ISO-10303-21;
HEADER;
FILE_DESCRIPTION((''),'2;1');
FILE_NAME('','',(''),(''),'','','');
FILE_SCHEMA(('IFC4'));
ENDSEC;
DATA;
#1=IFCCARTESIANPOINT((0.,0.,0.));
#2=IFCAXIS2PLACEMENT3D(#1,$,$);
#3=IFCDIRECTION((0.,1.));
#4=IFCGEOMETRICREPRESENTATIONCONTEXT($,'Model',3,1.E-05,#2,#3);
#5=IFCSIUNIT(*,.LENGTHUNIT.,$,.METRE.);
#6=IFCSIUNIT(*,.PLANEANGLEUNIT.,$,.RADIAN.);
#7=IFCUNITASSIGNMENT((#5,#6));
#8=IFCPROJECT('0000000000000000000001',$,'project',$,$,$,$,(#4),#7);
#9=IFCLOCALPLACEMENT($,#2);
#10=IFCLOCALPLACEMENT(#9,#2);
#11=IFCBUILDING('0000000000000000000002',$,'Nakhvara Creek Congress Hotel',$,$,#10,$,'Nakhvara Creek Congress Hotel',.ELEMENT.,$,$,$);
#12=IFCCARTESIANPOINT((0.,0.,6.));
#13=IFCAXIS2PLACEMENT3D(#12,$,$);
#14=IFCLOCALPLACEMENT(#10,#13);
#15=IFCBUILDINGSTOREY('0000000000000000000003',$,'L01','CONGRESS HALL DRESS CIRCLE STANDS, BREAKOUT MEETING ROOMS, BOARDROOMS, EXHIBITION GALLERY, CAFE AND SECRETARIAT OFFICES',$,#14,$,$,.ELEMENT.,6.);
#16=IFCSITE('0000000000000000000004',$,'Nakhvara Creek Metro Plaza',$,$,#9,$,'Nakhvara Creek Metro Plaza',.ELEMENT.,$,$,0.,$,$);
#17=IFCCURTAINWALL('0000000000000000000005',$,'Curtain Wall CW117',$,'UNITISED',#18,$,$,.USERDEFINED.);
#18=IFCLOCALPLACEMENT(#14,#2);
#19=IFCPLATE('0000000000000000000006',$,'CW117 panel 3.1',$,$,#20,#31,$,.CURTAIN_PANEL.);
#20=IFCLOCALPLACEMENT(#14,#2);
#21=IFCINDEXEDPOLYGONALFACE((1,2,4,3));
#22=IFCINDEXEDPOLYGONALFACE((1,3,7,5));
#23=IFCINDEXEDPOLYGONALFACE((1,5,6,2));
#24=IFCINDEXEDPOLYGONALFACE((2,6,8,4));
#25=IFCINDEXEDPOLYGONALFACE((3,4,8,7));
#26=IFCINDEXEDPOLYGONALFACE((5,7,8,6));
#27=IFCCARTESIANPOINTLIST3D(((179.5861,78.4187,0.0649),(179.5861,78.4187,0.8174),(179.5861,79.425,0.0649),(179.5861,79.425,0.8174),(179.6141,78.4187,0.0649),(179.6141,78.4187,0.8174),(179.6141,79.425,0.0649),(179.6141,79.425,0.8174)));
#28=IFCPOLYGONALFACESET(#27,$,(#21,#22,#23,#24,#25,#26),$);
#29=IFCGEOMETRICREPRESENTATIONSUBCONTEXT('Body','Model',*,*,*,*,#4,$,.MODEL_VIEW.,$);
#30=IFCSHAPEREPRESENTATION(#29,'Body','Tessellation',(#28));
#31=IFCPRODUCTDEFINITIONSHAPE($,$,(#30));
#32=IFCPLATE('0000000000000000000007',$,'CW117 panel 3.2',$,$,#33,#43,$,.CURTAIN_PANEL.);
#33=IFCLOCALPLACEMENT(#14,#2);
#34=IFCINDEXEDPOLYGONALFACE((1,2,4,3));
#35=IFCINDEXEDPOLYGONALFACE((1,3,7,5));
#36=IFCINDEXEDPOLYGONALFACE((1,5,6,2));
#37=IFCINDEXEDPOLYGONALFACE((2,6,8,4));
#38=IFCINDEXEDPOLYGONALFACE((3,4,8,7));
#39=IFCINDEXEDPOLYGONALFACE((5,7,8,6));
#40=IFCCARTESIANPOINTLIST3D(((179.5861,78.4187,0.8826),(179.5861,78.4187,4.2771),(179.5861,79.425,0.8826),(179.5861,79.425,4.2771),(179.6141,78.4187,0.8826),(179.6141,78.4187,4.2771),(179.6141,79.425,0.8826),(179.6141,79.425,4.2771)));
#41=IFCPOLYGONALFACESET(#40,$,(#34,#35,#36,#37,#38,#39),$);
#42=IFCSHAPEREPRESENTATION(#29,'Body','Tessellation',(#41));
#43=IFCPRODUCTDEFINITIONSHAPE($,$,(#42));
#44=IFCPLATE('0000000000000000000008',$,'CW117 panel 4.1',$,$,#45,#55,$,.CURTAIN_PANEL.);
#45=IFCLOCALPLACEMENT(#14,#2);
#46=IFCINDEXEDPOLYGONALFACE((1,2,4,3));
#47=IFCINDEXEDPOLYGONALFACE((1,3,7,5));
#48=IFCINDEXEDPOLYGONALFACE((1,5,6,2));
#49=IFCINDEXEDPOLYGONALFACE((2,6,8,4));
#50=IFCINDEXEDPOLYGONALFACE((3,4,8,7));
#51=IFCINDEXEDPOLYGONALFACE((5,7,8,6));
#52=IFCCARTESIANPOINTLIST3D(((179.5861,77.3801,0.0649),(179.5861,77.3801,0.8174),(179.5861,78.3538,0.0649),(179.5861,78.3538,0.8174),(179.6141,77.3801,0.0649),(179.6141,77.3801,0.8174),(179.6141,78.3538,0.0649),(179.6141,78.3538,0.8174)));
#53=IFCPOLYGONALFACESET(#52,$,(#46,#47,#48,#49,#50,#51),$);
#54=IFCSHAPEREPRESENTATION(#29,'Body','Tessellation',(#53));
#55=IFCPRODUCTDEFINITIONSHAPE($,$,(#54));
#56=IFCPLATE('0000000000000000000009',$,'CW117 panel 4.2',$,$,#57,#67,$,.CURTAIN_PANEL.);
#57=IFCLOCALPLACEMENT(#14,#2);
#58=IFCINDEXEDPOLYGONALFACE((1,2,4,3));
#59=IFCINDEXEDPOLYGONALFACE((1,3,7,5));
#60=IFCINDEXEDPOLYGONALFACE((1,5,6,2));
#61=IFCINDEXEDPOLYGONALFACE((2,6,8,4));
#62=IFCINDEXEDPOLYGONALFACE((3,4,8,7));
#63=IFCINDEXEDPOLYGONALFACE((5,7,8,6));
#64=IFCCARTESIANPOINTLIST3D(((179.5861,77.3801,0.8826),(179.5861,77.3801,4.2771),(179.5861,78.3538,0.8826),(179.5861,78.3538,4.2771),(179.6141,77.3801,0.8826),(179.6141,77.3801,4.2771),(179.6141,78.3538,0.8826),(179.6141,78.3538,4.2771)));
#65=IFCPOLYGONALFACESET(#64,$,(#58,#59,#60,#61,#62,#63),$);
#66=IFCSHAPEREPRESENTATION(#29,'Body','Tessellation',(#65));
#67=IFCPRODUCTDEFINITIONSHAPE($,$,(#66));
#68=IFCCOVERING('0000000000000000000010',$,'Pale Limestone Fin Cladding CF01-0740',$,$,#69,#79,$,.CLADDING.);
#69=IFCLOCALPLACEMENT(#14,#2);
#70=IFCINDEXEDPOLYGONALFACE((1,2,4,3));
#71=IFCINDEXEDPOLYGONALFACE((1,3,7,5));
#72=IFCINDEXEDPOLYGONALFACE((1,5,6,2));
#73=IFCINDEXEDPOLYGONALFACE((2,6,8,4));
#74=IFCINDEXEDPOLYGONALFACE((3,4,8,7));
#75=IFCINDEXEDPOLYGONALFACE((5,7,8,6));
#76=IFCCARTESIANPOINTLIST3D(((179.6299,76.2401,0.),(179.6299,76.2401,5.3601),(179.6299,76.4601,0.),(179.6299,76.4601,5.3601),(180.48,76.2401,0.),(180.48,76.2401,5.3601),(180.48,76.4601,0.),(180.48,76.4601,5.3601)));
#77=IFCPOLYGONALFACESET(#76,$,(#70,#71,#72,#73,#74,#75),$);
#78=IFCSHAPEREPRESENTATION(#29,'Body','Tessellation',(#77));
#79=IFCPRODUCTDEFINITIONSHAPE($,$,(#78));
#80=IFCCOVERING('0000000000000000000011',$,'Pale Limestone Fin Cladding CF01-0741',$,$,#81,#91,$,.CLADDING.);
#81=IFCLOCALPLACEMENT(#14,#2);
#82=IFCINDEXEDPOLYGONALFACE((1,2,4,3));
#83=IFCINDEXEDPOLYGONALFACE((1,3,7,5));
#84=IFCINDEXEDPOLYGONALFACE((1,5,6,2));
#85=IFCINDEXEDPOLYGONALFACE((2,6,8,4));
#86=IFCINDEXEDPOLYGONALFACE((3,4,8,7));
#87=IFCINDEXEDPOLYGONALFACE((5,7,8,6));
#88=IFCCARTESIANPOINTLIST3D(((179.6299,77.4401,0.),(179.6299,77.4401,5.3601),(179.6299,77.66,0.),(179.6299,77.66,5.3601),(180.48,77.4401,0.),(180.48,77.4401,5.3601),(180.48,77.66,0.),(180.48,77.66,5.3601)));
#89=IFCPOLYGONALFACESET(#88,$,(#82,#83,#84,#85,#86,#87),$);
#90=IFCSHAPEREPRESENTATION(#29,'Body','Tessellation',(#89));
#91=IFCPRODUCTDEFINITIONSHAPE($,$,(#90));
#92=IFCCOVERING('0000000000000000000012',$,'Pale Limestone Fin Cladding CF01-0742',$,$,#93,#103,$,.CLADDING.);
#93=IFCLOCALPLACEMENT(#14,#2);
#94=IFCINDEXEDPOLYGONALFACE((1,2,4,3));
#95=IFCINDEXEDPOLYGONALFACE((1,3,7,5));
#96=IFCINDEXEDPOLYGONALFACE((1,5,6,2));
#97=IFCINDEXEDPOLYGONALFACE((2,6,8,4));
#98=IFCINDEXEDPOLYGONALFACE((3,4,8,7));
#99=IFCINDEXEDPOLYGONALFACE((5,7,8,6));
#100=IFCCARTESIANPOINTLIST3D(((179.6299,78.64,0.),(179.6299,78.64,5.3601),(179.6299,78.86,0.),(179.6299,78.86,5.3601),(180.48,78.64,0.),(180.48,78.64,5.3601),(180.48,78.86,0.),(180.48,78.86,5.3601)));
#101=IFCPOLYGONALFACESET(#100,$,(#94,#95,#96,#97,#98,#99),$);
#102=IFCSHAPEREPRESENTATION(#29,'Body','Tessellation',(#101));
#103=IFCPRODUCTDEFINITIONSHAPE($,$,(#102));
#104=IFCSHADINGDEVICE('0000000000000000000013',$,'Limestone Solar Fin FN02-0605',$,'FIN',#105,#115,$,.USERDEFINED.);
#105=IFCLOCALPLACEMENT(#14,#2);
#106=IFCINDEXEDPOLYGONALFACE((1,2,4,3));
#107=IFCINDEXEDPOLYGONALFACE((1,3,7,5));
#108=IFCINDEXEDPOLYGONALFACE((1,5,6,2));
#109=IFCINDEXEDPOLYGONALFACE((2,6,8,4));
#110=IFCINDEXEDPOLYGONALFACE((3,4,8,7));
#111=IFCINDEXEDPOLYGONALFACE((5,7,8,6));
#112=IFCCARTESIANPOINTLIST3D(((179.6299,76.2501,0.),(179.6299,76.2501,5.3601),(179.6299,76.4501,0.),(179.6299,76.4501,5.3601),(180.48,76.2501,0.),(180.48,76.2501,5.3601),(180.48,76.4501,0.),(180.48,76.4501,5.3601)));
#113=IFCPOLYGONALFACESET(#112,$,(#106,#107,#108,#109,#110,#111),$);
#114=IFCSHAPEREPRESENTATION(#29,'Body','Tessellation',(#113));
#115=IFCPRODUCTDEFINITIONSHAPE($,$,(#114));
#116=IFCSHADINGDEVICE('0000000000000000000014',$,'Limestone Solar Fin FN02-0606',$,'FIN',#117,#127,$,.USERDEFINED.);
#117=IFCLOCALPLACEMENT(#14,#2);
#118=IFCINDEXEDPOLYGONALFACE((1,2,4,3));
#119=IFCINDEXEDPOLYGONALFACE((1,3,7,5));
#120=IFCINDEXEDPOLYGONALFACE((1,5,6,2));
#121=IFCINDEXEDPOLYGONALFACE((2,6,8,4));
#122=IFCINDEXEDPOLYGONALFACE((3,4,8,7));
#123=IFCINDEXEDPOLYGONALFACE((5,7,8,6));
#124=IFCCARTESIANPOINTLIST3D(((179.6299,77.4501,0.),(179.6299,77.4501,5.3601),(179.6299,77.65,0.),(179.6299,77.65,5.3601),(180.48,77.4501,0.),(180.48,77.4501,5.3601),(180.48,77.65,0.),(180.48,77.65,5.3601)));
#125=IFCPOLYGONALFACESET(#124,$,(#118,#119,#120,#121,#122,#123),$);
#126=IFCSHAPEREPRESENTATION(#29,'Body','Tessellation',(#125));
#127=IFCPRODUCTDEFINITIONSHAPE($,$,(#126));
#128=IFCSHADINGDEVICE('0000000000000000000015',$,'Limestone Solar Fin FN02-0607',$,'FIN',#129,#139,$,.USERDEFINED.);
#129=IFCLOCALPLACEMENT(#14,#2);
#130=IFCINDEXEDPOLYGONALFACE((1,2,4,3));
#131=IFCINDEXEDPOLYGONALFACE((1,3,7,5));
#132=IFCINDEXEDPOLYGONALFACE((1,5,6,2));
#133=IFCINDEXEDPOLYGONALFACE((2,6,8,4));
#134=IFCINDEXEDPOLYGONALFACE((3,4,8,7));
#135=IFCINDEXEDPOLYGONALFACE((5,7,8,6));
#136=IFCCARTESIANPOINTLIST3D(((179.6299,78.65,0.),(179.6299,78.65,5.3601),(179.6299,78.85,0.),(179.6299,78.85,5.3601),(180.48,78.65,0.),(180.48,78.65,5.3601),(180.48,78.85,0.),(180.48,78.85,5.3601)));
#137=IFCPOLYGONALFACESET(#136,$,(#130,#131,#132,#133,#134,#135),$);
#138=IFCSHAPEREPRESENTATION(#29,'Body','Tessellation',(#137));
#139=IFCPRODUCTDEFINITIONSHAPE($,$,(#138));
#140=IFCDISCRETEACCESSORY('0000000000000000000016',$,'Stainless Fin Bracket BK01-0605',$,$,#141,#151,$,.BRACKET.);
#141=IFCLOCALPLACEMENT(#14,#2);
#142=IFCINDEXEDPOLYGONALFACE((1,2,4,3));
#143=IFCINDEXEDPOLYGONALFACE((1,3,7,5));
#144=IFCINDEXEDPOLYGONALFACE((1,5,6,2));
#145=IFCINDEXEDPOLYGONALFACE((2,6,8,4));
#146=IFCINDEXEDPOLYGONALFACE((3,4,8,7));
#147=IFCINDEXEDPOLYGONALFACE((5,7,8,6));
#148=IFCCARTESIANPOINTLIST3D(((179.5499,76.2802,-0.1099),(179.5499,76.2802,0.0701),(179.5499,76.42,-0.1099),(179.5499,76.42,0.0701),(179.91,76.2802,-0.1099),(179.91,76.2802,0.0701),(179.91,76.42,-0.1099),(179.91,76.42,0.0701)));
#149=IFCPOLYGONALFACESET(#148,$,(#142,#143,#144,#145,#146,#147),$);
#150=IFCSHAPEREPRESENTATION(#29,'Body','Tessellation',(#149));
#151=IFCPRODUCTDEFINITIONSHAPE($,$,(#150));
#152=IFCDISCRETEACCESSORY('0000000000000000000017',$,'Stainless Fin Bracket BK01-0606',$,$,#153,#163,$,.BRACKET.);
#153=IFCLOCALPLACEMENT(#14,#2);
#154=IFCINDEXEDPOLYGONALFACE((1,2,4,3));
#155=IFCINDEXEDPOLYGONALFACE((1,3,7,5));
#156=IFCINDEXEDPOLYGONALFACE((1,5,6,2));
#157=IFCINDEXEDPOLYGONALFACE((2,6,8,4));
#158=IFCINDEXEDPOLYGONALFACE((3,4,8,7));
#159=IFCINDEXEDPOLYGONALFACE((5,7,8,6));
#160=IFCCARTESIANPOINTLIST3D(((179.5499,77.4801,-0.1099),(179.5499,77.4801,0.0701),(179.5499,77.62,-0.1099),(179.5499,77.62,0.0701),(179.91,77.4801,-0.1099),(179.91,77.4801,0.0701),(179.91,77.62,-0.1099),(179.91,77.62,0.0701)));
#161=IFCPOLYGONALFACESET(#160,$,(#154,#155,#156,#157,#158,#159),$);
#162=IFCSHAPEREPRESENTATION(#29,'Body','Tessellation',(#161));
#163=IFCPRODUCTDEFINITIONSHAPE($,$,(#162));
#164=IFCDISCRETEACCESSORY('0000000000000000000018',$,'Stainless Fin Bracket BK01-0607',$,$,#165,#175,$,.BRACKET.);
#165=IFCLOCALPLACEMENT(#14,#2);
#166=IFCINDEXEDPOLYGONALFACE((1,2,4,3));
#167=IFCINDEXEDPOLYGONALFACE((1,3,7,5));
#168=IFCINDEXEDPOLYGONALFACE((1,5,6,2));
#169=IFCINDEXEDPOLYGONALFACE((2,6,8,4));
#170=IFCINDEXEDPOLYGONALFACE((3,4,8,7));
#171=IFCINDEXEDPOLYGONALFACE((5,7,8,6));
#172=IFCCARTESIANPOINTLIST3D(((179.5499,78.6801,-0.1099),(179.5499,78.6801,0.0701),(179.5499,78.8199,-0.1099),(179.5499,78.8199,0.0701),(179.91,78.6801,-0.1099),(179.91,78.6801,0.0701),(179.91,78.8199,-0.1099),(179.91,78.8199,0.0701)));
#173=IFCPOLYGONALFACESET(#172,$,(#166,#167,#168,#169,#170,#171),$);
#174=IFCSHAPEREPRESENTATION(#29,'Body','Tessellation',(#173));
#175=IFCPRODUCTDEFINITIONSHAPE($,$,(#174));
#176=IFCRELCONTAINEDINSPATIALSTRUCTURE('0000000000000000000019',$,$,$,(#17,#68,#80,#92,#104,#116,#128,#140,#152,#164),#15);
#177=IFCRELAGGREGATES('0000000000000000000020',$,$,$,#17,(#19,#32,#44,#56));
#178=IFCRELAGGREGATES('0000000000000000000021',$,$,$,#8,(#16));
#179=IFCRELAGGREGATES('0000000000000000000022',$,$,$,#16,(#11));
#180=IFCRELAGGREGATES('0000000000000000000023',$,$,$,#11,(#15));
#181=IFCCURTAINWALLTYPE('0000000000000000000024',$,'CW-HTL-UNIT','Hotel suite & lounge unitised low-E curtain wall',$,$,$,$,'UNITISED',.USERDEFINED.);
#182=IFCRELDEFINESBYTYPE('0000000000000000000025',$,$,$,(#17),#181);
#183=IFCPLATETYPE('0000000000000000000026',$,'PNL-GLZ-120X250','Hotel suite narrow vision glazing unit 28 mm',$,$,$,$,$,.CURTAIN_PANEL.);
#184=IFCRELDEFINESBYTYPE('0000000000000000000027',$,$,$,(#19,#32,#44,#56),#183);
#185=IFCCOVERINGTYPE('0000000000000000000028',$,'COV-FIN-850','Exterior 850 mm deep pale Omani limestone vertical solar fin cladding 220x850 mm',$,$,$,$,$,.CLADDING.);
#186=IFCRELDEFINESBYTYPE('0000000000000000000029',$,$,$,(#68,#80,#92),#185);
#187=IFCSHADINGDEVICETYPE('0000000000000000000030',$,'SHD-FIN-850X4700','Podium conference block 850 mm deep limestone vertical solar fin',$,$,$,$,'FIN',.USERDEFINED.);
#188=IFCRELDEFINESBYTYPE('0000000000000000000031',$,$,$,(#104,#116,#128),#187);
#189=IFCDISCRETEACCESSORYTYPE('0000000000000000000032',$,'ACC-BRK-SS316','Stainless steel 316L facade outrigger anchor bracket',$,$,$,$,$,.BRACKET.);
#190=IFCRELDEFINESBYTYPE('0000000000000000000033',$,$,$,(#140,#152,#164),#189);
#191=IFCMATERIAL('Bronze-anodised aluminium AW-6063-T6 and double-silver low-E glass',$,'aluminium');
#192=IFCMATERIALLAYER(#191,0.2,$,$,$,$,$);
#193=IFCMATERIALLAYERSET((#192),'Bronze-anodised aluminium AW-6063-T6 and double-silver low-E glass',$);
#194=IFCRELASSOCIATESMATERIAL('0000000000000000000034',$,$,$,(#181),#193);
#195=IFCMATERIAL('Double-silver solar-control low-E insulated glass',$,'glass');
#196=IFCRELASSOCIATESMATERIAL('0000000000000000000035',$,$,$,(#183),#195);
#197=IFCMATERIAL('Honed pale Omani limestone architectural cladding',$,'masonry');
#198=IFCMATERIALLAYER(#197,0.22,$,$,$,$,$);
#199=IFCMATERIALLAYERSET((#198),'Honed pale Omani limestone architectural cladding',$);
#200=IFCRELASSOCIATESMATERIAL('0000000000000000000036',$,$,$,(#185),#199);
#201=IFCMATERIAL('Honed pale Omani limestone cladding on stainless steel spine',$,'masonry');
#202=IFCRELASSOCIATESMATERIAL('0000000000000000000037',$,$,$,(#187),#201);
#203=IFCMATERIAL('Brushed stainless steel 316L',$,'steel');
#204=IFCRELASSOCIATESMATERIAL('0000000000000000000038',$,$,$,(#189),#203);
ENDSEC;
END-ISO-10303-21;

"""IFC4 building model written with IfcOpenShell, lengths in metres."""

from ifc_helpers import new_model, si_unit, direction, frame, origin, origin_2d, place, context, subcontext, project, spatial, rectangle, extrude, material, layer, layer_set, type_object, element, aggregate, save


model = new_model("IFC4")

# Units and contexts
model_context = context("Model", 3, precision=1e-05, world=origin(), true_north=direction((0.0, 1.0)))
body_context = subcontext(model_context, "Body", "Model", "MODEL_VIEW")
ifc_project = project(units=[si_unit("LENGTHUNIT", "METRE"), si_unit("PLANEANGLEUNIT", "RADIAN")], contexts=[model_context])

# Site, building, storey
site_placement = place(None, origin())
site = spatial("IfcSite", under=ifc_project, at=site_placement, Name="Nakhvara Creek Metro Plaza", LongName="Nakhvara Creek Metro Plaza", CompositionType="ELEMENT", RefElevation=0.0)
building_placement = place(site_placement, origin())
building = spatial("IfcBuilding", under=site, at=building_placement, Name="Nakhvara Creek Congress Hotel", LongName="Nakhvara Creek Congress Hotel", CompositionType="ELEMENT")
storey_placement = place(building_placement, frame((0.0, 0.0, 6.0)))
storey = spatial("IfcBuildingStorey", under=building, at=storey_placement, Name="L01", Description="CONGRESS HALL DRESS CIRCLE STANDS, BREAKOUT MEETING ROOMS, BOARDROOMS, EXHIBITION GALLERY, CAFE AND SECRETARIAT OFFICES", CompositionType="ELEMENT", Elevation=6.0)

# Shared definitions
ifc_material_1 = material(Name="Bronze-anodised aluminium AW-6063-T6 and double-silver low-E glass", Category="aluminium")
ifc_layer_1 = layer(ifc_material_1, 0.2)
ifc_layer_set_1 = layer_set([ifc_layer_1], Name="Bronze-anodised aluminium AW-6063-T6 and double-silver low-E glass")
curtain_wall_type = type_object("IfcCurtainWallType", Name="CW-HTL-UNIT", Description="Hotel suite & lounge unitised low-E curtain wall", ElementType="UNITISED", PredefinedType="USERDEFINED", material=ifc_layer_set_1)

# Curtain wall
curtain_wall_1_placement = place(storey_placement, origin())
curtain_wall_1 = element("IfcCurtainWall", 1, at=curtain_wall_1_placement, inside=storey, type_object=curtain_wall_type, Name="Curtain Wall CW117", ObjectType="UNITISED", PredefinedType="USERDEFINED")

# Plates
ifc_material_2 = material(Name="Double-silver solar-control low-E insulated glass", Category="glass")
plate_type = type_object("IfcPlateType", Name="PNL-GLZ-120X250", Description="Hotel suite narrow vision glazing unit 28 mm", PredefinedType="CURTAIN_PANEL", material=ifc_material_2)
plate_1_placement = place(storey_placement, frame((179.6001, 78.9219, 0.0649), z_axis=(0.0, 0.0, 1.0), x_axis=(0.0, -1.0, 0.0)))
plate_1 = element("IfcPlate", 2, at=plate_1_placement, type_object=plate_type, Name="CW117 panel 3.1", PredefinedType="CURTAIN_PANEL", context=body_context, shape_type="SweptSolid", body=[
    extrude(rectangle(XDim=1.0063, YDim=0.0281, at=origin_2d()), origin(), (0.0, 0.0, 1.0), 0.7524),
])
plate_2_placement = place(storey_placement, frame((179.6001, 78.9219, 0.8826), z_axis=(0.0, 0.0, 1.0), x_axis=(0.0, -1.0, 0.0)))
plate_2 = element("IfcPlate", 3, at=plate_2_placement, type_object=plate_type, Name="CW117 panel 3.2", PredefinedType="CURTAIN_PANEL", context=body_context, shape_type="SweptSolid", body=[
    extrude(rectangle(XDim=1.0063, YDim=0.0281, at=origin_2d()), origin(), (0.0, 0.0, 1.0), 3.3945),
])
plate_3_placement = place(storey_placement, frame((179.6001, 77.8669, 0.0649), z_axis=(0.0, 0.0, 1.0), x_axis=(0.0, -1.0, 0.0)))
plate_3 = element("IfcPlate", 4, at=plate_3_placement, type_object=plate_type, Name="CW117 panel 4.1", PredefinedType="CURTAIN_PANEL", context=body_context, shape_type="SweptSolid", body=[
    extrude(rectangle(XDim=0.9736, YDim=0.0281, at=origin_2d()), origin(), (0.0, 0.0, 1.0), 0.7524),
])
plate_4_placement = place(storey_placement, frame((179.6001, 77.8669, 0.8826), z_axis=(0.0, 0.0, 1.0), x_axis=(0.0, -1.0, 0.0)))
plate_4 = element("IfcPlate", 5, at=plate_4_placement, type_object=plate_type, Name="CW117 panel 4.2", PredefinedType="CURTAIN_PANEL", context=body_context, shape_type="SweptSolid", body=[
    extrude(rectangle(XDim=0.9736, YDim=0.0281, at=origin_2d()), origin(), (0.0, 0.0, 1.0), 3.3945),
])
aggregate(curtain_wall_1, [plate_1, plate_2, plate_3, plate_4])

# Coverings
ifc_material_3 = material(Name="Honed pale Omani limestone architectural cladding", Category="masonry")
ifc_layer_2 = layer(ifc_material_3, 0.22)
ifc_layer_set_2 = layer_set([ifc_layer_2], Name="Honed pale Omani limestone architectural cladding")
covering_type = type_object("IfcCoveringType", Name="COV-FIN-850", Description="Exterior 850 mm deep pale Omani limestone vertical solar fin cladding 220x850 mm", PredefinedType="CLADDING", material=ifc_layer_set_2)
for number, where, z_axis, x_axis, name in (
    (6, (180.0549, 76.3501, 0.0), (0.0, 0.0, 1.0), (0.0, 1.0, 0.0), "Pale Limestone Fin Cladding CF01-0740"),
    (7, (180.0549, 77.55, 0.0), (0.0, 0.0, 1.0), (0.0, 1.0, 0.0), "Pale Limestone Fin Cladding CF01-0741"),
    (8, (180.0549, 78.75, 0.0), (0.0, 0.0, 1.0), (0.0, 1.0, 0.0), "Pale Limestone Fin Cladding CF01-0742"),
):
    element("IfcCovering", number, at=place(storey_placement, frame(where, z_axis=z_axis, x_axis=x_axis)), inside=storey, type_object=covering_type, Name=name, PredefinedType="CLADDING", context=body_context, shape_type="SweptSolid", body=[
        extrude(rectangle(XDim=0.22, YDim=0.8501, at=origin_2d()), origin(), (0.0, 0.0, 1.0), 5.3601),
    ])

# Shading devices
ifc_material_4 = material(Name="Honed pale Omani limestone cladding on stainless steel spine", Category="masonry")
shading_device_type = type_object("IfcShadingDeviceType", Name="SHD-FIN-850X4700", Description="Podium conference block 850 mm deep limestone vertical solar fin", ElementType="FIN", PredefinedType="USERDEFINED", material=ifc_material_4)
for number, where, z_axis, x_axis, name in (
    (9, (180.0549, 76.3501, 0.0), (0.0, 0.0, 1.0), (0.0, 1.0, 0.0), "Limestone Solar Fin FN02-0605"),
    (10, (180.0549, 77.55, 0.0), (0.0, 0.0, 1.0), (0.0, 1.0, 0.0), "Limestone Solar Fin FN02-0606"),
    (11, (180.0549, 78.75, 0.0), (0.0, 0.0, 1.0), (0.0, 1.0, 0.0), "Limestone Solar Fin FN02-0607"),
):
    element("IfcShadingDevice", number, at=place(storey_placement, frame(where, z_axis=z_axis, x_axis=x_axis)), inside=storey, type_object=shading_device_type, Name=name, ObjectType="FIN", PredefinedType="USERDEFINED", context=body_context, shape_type="SweptSolid", body=[
        extrude(rectangle(XDim=0.2, YDim=0.8501, at=origin_2d()), origin(), (0.0, 0.0, 1.0), 5.3601),
    ])

# Discrete accessories
ifc_material_5 = material(Name="Brushed stainless steel 316L", Category="steel")
discrete_accessory_type = type_object("IfcDiscreteAccessoryType", Name="ACC-BRK-SS316", Description="Stainless steel 316L facade outrigger anchor bracket", PredefinedType="BRACKET", material=ifc_material_5)
for number, where, z_axis, x_axis, name in (
    (12, (179.73, 76.3501, -0.1099), (0.0, 0.0, 1.0), (0.0, 1.0, 0.0), "Stainless Fin Bracket BK01-0605"),
    (13, (179.73, 77.55, -0.1099), (0.0, 0.0, 1.0), (0.0, 1.0, 0.0), "Stainless Fin Bracket BK01-0606"),
    (14, (179.73, 78.75, -0.1099), (0.0, 0.0, 1.0), (0.0, 1.0, 0.0), "Stainless Fin Bracket BK01-0607"),
):
    element("IfcDiscreteAccessory", number, at=place(storey_placement, frame(where, z_axis=z_axis, x_axis=x_axis)), inside=storey, type_object=discrete_accessory_type, Name=name, PredefinedType="BRACKET", context=body_context, shape_type="SweptSolid", body=[
        extrude(rectangle(XDim=0.1399, YDim=0.3601, at=origin_2d()), origin(), (0.0, 0.0, 1.0), 0.1799),
    ])

save(model, "model.ifc")
